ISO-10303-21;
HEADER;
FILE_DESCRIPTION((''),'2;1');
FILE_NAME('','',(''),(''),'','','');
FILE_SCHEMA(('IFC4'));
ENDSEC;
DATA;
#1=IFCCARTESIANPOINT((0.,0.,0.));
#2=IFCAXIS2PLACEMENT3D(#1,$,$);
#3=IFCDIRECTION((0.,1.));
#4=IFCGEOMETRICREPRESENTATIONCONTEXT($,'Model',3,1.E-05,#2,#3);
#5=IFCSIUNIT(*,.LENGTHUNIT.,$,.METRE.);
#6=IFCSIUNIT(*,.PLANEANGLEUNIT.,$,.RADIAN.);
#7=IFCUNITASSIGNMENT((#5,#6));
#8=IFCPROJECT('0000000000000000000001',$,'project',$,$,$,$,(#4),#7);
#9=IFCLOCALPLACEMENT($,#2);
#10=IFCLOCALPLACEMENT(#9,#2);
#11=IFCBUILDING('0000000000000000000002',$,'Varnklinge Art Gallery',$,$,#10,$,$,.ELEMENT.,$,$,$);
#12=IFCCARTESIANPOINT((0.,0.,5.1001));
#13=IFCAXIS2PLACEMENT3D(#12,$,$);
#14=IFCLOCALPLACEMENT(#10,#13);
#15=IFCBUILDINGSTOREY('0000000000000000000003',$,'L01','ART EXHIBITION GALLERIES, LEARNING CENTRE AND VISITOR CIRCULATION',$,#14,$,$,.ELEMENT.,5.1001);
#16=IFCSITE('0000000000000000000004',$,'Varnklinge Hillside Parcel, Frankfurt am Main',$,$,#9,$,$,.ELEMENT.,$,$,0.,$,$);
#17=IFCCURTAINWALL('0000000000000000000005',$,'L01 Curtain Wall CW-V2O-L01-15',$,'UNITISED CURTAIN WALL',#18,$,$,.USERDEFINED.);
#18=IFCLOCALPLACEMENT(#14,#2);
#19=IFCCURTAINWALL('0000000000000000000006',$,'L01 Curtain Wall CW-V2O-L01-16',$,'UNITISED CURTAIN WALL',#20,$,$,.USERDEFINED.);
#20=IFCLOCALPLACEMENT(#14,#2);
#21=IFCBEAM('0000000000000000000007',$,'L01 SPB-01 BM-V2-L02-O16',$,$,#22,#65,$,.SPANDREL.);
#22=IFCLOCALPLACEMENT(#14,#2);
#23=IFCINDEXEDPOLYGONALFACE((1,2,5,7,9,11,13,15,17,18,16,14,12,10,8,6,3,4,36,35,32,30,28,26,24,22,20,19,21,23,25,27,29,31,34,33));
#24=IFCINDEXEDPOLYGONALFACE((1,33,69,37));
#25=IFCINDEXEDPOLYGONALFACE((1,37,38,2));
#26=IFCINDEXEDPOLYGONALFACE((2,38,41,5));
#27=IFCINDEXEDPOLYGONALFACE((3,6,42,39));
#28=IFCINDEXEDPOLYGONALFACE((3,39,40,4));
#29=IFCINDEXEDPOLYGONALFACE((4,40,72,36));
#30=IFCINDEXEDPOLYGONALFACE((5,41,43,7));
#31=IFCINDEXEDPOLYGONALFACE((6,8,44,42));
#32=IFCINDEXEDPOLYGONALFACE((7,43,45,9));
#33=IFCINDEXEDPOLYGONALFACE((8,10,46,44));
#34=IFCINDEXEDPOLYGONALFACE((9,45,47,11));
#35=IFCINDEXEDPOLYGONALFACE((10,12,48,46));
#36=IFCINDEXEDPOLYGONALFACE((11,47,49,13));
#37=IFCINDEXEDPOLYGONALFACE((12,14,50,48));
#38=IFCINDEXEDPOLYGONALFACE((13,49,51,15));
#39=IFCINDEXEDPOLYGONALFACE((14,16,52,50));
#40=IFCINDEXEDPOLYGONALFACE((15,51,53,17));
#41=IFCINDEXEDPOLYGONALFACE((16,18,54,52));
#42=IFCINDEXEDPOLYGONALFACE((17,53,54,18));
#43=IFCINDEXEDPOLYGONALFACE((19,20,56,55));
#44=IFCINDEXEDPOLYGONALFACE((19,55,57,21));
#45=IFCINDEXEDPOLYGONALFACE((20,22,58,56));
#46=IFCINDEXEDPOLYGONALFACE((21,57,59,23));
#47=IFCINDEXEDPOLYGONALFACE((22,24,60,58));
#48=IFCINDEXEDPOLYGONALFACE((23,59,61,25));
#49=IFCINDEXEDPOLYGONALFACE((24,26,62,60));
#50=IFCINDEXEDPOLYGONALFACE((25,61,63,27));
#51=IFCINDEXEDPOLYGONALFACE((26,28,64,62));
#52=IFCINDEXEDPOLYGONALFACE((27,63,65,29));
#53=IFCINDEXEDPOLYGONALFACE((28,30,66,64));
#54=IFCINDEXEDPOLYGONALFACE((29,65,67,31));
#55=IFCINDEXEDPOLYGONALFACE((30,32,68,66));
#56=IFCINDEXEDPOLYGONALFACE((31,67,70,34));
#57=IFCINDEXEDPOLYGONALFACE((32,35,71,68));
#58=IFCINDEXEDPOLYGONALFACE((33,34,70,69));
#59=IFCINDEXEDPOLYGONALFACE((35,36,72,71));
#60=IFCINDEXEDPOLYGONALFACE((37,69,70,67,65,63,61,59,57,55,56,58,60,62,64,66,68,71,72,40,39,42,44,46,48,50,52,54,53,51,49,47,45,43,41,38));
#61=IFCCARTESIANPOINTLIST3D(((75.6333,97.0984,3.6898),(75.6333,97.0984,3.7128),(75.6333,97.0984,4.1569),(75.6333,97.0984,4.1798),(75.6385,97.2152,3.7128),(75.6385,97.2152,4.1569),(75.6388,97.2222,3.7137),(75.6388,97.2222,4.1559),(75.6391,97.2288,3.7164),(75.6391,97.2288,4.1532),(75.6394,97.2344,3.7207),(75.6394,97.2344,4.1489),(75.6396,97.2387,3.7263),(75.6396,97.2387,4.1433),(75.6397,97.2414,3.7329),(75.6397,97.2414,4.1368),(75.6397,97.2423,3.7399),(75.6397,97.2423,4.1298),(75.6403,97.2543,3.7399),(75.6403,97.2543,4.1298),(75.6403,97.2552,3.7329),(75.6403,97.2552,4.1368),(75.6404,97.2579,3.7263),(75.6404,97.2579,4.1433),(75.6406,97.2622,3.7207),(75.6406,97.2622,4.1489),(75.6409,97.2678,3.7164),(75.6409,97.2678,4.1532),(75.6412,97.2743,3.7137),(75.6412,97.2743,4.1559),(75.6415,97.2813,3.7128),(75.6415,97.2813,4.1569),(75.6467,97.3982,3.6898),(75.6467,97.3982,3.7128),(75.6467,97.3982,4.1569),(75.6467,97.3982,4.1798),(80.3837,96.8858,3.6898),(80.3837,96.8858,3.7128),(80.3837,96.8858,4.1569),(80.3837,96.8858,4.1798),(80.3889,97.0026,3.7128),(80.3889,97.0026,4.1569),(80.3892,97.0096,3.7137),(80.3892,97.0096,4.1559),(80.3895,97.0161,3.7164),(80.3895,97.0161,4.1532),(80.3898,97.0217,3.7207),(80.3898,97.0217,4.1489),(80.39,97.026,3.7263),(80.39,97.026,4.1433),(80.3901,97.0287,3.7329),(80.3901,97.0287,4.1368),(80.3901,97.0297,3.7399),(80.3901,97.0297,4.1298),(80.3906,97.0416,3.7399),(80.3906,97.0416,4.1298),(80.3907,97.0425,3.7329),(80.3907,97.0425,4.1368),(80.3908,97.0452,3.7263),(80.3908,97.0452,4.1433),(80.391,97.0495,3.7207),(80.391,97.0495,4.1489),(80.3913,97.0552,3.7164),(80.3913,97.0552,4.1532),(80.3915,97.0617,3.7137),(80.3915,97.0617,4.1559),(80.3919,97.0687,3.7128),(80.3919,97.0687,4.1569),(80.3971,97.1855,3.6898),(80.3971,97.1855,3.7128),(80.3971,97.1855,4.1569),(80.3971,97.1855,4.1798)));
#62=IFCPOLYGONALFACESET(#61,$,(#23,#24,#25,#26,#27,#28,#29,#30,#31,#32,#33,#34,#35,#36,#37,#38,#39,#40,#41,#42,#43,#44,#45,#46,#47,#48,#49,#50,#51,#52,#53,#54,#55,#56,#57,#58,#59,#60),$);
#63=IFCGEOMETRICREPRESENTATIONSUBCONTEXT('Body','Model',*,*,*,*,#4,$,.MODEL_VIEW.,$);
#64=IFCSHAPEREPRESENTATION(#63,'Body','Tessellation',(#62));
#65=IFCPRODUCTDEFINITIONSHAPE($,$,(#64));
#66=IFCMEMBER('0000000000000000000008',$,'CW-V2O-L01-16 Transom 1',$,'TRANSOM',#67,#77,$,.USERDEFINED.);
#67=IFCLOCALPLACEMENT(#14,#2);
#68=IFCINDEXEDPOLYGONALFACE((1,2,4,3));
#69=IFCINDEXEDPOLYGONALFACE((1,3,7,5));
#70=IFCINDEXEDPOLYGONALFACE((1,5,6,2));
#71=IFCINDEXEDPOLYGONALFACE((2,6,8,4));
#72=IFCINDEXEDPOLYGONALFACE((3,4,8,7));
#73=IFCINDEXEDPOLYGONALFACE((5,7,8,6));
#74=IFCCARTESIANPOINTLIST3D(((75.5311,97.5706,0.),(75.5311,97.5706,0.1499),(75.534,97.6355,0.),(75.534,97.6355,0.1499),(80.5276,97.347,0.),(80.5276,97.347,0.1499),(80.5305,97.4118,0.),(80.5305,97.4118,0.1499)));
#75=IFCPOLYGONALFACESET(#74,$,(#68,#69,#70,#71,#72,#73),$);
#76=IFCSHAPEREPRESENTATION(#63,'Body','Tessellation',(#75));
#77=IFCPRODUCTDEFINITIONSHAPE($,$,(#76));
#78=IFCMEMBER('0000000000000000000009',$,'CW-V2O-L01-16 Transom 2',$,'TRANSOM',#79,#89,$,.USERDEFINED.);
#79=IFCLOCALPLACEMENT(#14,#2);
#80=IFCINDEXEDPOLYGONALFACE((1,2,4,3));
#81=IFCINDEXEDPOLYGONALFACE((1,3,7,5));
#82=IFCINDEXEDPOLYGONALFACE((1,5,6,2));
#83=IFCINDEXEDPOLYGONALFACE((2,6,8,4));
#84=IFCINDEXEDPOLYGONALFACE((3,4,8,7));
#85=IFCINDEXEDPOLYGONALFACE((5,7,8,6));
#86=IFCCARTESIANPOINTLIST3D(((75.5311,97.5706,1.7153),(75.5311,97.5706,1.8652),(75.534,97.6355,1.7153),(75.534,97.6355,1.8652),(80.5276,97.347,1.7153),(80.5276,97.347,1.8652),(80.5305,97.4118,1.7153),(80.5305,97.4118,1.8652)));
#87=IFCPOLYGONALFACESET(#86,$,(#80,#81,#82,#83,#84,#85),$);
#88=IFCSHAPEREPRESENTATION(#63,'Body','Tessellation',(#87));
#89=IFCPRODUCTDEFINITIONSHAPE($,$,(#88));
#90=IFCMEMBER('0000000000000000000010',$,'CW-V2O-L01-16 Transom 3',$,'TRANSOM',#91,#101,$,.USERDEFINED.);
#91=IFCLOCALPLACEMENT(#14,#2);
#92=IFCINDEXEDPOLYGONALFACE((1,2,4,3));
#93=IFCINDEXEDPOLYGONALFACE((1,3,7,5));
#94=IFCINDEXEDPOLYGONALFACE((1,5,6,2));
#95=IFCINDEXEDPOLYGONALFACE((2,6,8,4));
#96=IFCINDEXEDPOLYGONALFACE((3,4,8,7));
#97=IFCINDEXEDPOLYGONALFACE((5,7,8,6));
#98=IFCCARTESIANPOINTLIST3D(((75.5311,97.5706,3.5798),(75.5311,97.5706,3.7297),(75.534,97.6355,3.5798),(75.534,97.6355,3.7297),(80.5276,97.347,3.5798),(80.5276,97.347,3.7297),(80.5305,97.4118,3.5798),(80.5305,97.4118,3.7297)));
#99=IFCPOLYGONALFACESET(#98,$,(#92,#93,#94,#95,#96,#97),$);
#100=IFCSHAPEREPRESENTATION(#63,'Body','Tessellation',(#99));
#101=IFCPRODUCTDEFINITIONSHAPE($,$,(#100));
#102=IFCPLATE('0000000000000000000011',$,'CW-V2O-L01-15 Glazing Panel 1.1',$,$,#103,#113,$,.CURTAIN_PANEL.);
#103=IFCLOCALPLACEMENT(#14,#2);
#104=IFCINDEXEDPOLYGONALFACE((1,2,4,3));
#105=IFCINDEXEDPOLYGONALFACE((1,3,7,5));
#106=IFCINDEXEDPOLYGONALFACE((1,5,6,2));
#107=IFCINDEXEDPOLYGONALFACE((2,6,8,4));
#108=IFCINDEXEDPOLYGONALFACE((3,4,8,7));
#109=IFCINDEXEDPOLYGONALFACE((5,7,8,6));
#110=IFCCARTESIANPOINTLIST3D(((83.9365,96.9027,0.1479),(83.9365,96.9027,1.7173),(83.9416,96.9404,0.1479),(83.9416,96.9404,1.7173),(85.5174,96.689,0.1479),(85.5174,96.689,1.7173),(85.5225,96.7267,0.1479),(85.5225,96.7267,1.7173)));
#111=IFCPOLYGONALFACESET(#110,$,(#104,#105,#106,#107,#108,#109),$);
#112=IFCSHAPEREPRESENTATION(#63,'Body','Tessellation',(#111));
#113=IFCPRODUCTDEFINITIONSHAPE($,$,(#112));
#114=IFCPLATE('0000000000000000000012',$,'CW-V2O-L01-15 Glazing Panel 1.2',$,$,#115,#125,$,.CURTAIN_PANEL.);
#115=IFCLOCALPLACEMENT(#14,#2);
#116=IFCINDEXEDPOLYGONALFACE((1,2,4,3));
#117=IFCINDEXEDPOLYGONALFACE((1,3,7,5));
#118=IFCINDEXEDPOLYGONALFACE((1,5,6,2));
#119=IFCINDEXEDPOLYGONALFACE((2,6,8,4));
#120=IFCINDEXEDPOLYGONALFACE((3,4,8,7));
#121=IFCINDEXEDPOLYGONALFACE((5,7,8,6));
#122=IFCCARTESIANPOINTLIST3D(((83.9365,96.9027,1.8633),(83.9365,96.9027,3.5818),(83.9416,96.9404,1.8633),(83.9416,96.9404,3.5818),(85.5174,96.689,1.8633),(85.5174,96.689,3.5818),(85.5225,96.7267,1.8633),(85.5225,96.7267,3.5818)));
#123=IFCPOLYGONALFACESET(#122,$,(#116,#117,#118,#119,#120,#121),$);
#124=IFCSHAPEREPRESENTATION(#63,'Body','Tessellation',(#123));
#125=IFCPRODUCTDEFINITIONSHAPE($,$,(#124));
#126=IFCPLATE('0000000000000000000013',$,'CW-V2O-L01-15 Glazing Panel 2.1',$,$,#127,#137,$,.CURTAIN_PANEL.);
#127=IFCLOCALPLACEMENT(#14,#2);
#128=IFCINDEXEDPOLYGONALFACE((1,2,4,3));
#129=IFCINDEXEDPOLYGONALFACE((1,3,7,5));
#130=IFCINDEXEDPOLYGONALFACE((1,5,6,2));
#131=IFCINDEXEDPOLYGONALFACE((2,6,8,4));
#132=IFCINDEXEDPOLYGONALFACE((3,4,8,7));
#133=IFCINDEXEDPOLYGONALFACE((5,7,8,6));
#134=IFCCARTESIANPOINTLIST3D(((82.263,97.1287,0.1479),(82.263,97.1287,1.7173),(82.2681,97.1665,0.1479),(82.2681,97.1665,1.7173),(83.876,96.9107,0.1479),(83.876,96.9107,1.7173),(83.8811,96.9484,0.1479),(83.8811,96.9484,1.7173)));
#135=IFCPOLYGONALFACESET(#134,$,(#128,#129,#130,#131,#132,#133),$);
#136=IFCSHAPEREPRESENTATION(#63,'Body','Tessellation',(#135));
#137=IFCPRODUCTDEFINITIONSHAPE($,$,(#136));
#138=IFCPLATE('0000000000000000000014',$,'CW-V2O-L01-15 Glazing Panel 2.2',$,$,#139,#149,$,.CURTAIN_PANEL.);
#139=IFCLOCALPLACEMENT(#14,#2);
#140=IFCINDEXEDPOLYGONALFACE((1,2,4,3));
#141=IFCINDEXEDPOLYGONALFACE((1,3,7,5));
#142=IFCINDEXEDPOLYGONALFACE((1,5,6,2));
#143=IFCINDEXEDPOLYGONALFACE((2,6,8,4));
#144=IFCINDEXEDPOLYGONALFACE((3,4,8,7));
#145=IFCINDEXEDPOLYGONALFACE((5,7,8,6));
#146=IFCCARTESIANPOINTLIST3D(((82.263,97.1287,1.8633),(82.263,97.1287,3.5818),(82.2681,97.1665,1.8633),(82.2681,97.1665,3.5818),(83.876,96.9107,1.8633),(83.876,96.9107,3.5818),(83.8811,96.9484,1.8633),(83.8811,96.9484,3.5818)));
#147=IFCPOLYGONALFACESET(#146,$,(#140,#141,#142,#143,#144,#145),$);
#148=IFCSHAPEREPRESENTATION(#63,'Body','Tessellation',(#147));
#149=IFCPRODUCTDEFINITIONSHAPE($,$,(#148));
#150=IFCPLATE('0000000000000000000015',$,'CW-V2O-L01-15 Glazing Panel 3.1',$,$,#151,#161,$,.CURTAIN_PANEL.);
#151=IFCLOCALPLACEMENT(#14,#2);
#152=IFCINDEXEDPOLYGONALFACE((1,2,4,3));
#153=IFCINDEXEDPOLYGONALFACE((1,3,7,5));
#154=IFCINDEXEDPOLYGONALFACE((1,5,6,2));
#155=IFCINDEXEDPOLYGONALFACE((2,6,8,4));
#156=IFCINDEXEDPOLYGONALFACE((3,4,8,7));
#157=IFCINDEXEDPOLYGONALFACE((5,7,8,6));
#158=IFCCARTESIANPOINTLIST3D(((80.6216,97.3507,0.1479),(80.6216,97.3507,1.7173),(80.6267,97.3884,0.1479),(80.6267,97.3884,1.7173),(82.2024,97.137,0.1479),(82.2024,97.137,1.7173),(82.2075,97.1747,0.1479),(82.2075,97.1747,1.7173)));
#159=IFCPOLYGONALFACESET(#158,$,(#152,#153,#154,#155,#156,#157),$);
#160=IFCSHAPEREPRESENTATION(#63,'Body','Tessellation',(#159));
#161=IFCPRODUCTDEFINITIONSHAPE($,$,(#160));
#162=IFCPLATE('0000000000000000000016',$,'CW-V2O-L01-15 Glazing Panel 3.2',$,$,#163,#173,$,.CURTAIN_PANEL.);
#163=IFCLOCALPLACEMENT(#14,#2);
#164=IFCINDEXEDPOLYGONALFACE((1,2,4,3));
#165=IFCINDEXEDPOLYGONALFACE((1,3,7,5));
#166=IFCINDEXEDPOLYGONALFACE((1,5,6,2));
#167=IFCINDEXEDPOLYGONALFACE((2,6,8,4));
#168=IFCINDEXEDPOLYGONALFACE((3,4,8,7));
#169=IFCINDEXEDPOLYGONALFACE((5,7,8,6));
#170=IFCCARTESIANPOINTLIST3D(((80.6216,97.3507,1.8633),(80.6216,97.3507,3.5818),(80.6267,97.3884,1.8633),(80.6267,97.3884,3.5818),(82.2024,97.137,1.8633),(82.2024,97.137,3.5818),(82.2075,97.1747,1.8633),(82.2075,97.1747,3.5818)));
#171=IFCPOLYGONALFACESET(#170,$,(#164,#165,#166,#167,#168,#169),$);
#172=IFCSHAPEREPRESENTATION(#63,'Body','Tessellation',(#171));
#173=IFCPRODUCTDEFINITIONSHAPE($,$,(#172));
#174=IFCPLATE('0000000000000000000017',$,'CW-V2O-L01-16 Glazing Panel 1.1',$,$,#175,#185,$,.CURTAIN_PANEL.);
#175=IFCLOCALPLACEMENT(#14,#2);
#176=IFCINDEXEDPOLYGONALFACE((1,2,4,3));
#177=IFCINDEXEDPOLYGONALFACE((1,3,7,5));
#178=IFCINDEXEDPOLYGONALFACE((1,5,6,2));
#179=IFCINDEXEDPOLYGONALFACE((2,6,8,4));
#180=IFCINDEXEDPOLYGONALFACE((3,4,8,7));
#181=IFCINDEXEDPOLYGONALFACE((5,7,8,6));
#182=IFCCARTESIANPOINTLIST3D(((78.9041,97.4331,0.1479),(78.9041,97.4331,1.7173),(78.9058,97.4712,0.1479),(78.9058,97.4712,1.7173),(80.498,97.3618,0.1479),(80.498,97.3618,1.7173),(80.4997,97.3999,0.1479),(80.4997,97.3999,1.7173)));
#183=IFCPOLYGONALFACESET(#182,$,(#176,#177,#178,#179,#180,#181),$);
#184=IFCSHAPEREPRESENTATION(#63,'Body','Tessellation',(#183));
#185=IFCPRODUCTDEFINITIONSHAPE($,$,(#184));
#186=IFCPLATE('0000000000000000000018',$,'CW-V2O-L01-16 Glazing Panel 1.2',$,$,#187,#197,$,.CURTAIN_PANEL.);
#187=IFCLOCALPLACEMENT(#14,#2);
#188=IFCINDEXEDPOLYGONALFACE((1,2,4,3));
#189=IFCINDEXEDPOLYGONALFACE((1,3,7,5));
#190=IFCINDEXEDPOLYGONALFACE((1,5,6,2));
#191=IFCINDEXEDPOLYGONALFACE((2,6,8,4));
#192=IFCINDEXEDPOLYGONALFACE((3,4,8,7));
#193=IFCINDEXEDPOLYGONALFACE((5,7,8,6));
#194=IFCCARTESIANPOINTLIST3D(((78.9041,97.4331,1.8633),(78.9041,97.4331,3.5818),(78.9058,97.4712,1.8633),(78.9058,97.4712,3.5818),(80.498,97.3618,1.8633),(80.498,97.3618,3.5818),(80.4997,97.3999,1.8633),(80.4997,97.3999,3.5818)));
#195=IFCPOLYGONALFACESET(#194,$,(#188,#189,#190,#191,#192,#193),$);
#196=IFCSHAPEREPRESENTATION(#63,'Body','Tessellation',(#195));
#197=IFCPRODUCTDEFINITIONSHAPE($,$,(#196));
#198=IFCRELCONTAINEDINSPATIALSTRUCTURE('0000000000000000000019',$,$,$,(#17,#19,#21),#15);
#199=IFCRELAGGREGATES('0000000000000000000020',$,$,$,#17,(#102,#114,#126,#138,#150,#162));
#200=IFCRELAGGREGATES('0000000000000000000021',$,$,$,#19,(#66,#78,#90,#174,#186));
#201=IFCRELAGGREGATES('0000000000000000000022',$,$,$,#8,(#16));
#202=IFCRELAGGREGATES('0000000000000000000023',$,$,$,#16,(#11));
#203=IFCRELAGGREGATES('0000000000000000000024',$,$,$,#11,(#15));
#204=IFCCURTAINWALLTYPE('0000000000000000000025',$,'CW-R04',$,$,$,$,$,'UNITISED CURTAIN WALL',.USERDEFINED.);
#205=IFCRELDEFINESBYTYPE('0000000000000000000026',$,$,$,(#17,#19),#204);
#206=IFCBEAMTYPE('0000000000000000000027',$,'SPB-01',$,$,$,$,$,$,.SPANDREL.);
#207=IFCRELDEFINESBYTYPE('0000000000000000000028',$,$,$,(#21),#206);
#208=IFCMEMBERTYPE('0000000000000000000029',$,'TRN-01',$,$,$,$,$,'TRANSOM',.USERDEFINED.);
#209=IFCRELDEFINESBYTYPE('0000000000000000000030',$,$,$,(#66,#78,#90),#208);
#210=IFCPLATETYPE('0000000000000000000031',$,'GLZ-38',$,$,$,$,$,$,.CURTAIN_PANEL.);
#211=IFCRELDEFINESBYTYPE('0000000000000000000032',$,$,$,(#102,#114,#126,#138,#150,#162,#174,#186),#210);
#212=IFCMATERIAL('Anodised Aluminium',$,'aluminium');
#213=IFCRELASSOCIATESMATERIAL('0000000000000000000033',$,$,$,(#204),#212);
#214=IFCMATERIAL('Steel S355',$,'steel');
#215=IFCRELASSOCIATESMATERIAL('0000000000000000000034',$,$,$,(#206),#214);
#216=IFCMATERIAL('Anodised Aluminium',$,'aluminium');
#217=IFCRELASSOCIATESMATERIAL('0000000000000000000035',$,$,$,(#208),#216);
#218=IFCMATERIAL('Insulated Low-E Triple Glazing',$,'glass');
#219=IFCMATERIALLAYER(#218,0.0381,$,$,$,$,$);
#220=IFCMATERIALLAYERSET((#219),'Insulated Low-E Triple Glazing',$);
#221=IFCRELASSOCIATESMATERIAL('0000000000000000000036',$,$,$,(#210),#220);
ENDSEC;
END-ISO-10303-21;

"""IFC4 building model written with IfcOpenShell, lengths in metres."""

from ifc_helpers import new_model, si_unit, direction, frame, origin, origin_2d, place, context, subcontext, project, spatial, rectangle, i_section, extrude, material, layer, layer_set, material_profile, profile_set, type_object, element, aggregate, save


model = new_model("IFC4")

# Units and contexts
model_context = context("Model", 3, precision=1e-05, world=origin(), true_north=direction((0.0, 1.0)))
body_context = subcontext(model_context, "Body", "Model", "MODEL_VIEW")
ifc_project = project(units=[si_unit("LENGTHUNIT", "METRE"), si_unit("PLANEANGLEUNIT", "RADIAN")], contexts=[model_context])

# Site, building, storey
site_placement = place(None, origin())
site = spatial("IfcSite", under=ifc_project, at=site_placement, Name="Varnklinge Hillside Parcel, Frankfurt am Main", CompositionType="ELEMENT", RefElevation=0.0)
building_placement = place(site_placement, origin())
building = spatial("IfcBuilding", under=site, at=building_placement, Name="Varnklinge Art Gallery", CompositionType="ELEMENT")
storey_placement = place(building_placement, frame((0.0, 0.0, 5.1001)))
storey = spatial("IfcBuildingStorey", under=building, at=storey_placement, Name="L01", Description="ART EXHIBITION GALLERIES, LEARNING CENTRE AND VISITOR CIRCULATION", CompositionType="ELEMENT", Elevation=5.1001)

# Curtain walls
ifc_material_1 = material(Name="Anodised Aluminium", Category="aluminium")
curtain_wall_type = type_object("IfcCurtainWallType", Name="CW-R04", ElementType="UNITISED CURTAIN WALL", PredefinedType="USERDEFINED", material=ifc_material_1)
curtain_wall_1_placement = place(storey_placement, origin())
curtain_wall_1 = element("IfcCurtainWall", 1, at=curtain_wall_1_placement, inside=storey, type_object=curtain_wall_type, Name="L01 Curtain Wall CW-V2O-L01-15", ObjectType="UNITISED CURTAIN WALL", PredefinedType="USERDEFINED")
curtain_wall_2_placement = place(storey_placement, origin())
curtain_wall_2 = element("IfcCurtainWall", 2, at=curtain_wall_2_placement, inside=storey, type_object=curtain_wall_type, Name="L01 Curtain Wall CW-V2O-L01-16", ObjectType="UNITISED CURTAIN WALL", PredefinedType="USERDEFINED")

# Beam
ifc_material_2 = material(Name="Steel S355", Category="steel")
ifc_material_profile_1 = material_profile(ifc_material_2, i_section(OverallWidth=0.3, OverallDepth=0.49, WebThickness=0.012, FlangeThickness=0.0229, FilletRadius=0.0271, at=origin_2d()), Name="HEA 500")
ifc_profile_set_1 = profile_set([ifc_material_profile_1], Name="Steel S355")
beam_type_1 = type_object("IfcBeamType", Name="SPB-01", PredefinedType="SPANDREL", material=ifc_profile_set_1)
beam_1_placement = place(storey_placement, frame((80.3904, 97.0356, 3.9348), z_axis=(-0.999, 0.044718, 0.0), x_axis=(-0.044718, -0.999, 0.0)))
element("IfcBeam", 3, at=beam_1_placement, inside=storey, type_object=beam_type_1, Name="L01 SPB-01 BM-V2-L02-O16", PredefinedType="SPANDREL", context=body_context, shape_type="SweptSolid", body=[
    extrude(i_section(OverallWidth=0.3, OverallDepth=0.49, WebThickness=0.012, FlangeThickness=0.0229, FilletRadius=0.0271, at=origin_2d()), origin(), (0.0, 0.0, 1.0), 4.7551),
])

# Members
ifc_material_3 = material(Name="Anodised Aluminium", Category="aluminium")
ifc_material_profile_2 = material_profile(ifc_material_3, rectangle(XDim=0.0649, YDim=0.1499, at=origin_2d()), Name="ALU 65x150")
ifc_profile_set_2 = profile_set([ifc_material_profile_2], Name="Anodised Aluminium")
member_type_1 = type_object("IfcMemberType", Name="TRN-01", ElementType="TRANSOM", PredefinedType="USERDEFINED", material=ifc_profile_set_2)
member_1_placement = place(storey_placement, frame((80.5291, 97.3794, 0.075), z_axis=(-0.999, 0.044712, 0.0), x_axis=(-0.044712, -0.999, 0.0)))
member_1 = element("IfcMember", 4, at=member_1_placement, type_object=member_type_1, Name="CW-V2O-L01-16 Transom 1", ObjectType="TRANSOM", PredefinedType="USERDEFINED", context=body_context, shape_type="SweptSolid", body=[
    extrude(rectangle(XDim=0.0649, YDim=0.1499, at=origin_2d()), origin(), (0.0, 0.0, 1.0), 5.0015),
])
member_2_placement = place(storey_placement, frame((80.5291, 97.3794, 1.7903), z_axis=(-0.999, 0.044712, 0.0), x_axis=(-0.044712, -0.999, 0.0)))
member_2 = element("IfcMember", 5, at=member_2_placement, type_object=member_type_1, Name="CW-V2O-L01-16 Transom 2", ObjectType="TRANSOM", PredefinedType="USERDEFINED", context=body_context, shape_type="SweptSolid", body=[
    extrude(rectangle(XDim=0.0649, YDim=0.1499, at=origin_2d()), origin(), (0.0, 0.0, 1.0), 5.0015),
])
member_3_placement = place(storey_placement, frame((80.5291, 97.3794, 3.6548), z_axis=(-0.999, 0.044712, 0.0), x_axis=(-0.044712, -0.999, 0.0)))
member_3 = element("IfcMember", 6, at=member_3_placement, type_object=member_type_1, Name="CW-V2O-L01-16 Transom 3", ObjectType="TRANSOM", PredefinedType="USERDEFINED", context=body_context, shape_type="SweptSolid", body=[
    extrude(rectangle(XDim=0.0649, YDim=0.1499, at=origin_2d()), origin(), (0.0, 0.0, 1.0), 5.0015),
])

# Plates
ifc_material_4 = material(Name="Insulated Low-E Triple Glazing", Category="glass")
ifc_layer_1 = layer(ifc_material_4, 0.0381)
ifc_layer_set_1 = layer_set([ifc_layer_1], Name="Insulated Low-E Triple Glazing")
plate_type_1 = type_object("IfcPlateType", Name="GLZ-38", PredefinedType="CURTAIN_PANEL", material=ifc_layer_set_1)
plate_1_placement = place(storey_placement, frame((84.7295, 96.8147, 0.1479), z_axis=(0.0, 0.0, 1.0), x_axis=(-0.990983, 0.133986, 0.0)))
plate_1 = element("IfcPlate", 7, at=plate_1_placement, type_object=plate_type_1, Name="CW-V2O-L01-15 Glazing Panel 1.1", PredefinedType="CURTAIN_PANEL", context=body_context, shape_type="SweptSolid", body=[
    extrude(rectangle(XDim=1.5952, YDim=0.0381, at=origin_2d()), origin(), (0.0, 0.0, 1.0), 1.5693),
])
plate_2_placement = place(storey_placement, frame((84.7295, 96.8147, 1.8633), z_axis=(0.0, 0.0, 1.0), x_axis=(-0.990983, 0.133986, 0.0)))
plate_2 = element("IfcPlate", 8, at=plate_2_placement, type_object=plate_type_1, Name="CW-V2O-L01-15 Glazing Panel 1.2", PredefinedType="CURTAIN_PANEL", context=body_context, shape_type="SweptSolid", body=[
    extrude(rectangle(XDim=1.5952, YDim=0.0381, at=origin_2d()), origin(), (0.0, 0.0, 1.0), 1.7185),
])
plate_3_placement = place(storey_placement, frame((83.072, 97.0386, 0.1479), z_axis=(0.0, 0.0, 1.0), x_axis=(-0.990983, 0.133986, 0.0)))
plate_3 = element("IfcPlate", 9, at=plate_3_placement, type_object=plate_type_1, Name="CW-V2O-L01-15 Glazing Panel 2.1", PredefinedType="CURTAIN_PANEL", context=body_context, shape_type="SweptSolid", body=[
    extrude(rectangle(XDim=1.6277, YDim=0.0381, at=origin_2d()), origin(), (0.0, 0.0, 1.0), 1.5693),
])
plate_4_placement = place(storey_placement, frame((83.072, 97.0386, 1.8633), z_axis=(0.0, 0.0, 1.0), x_axis=(-0.990983, 0.133986, 0.0)))
plate_4 = element("IfcPlate", 10, at=plate_4_placement, type_object=plate_type_1, Name="CW-V2O-L01-15 Glazing Panel 2.2", PredefinedType="CURTAIN_PANEL", context=body_context, shape_type="SweptSolid", body=[
    extrude(rectangle(XDim=1.6277, YDim=0.0381, at=origin_2d()), origin(), (0.0, 0.0, 1.0), 1.7185),
])
plate_5_placement = place(storey_placement, frame((81.4146, 97.2627, 0.1479), z_axis=(0.0, 0.0, 1.0), x_axis=(-0.990983, 0.133986, 0.0)))
plate_5 = element("IfcPlate", 11, at=plate_5_placement, type_object=plate_type_1, Name="CW-V2O-L01-15 Glazing Panel 3.1", PredefinedType="CURTAIN_PANEL", context=body_context, shape_type="SweptSolid", body=[
    extrude(rectangle(XDim=1.5952, YDim=0.0381, at=origin_2d()), origin(), (0.0, 0.0, 1.0), 1.5693),
])
plate_6_placement = place(storey_placement, frame((81.4146, 97.2627, 1.8633), z_axis=(0.0, 0.0, 1.0), x_axis=(-0.990983, 0.133986, 0.0)))
plate_6 = element("IfcPlate", 12, at=plate_6_placement, type_object=plate_type_1, Name="CW-V2O-L01-15 Glazing Panel 3.2", PredefinedType="CURTAIN_PANEL", context=body_context, shape_type="SweptSolid", body=[
    extrude(rectangle(XDim=1.5952, YDim=0.0381, at=origin_2d()), origin(), (0.0, 0.0, 1.0), 1.7185),
])
aggregate(curtain_wall_1, [plate_1, plate_2, plate_3, plate_4, plate_5, plate_6])
plate_7_placement = place(storey_placement, frame((79.7019, 97.4165, 0.1479), z_axis=(0.0, 0.0, 1.0), x_axis=(-0.999002, 0.044666, 0.0)))
plate_7 = element("IfcPlate", 13, at=plate_7_placement, type_object=plate_type_1, Name="CW-V2O-L01-16 Glazing Panel 1.1", PredefinedType="CURTAIN_PANEL", context=body_context, shape_type="SweptSolid", body=[
    extrude(rectangle(XDim=1.5955, YDim=0.0381, at=origin_2d()), origin(), (0.0, 0.0, 1.0), 1.5693),
])
plate_8_placement = place(storey_placement, frame((79.7019, 97.4165, 1.8633), z_axis=(0.0, 0.0, 1.0), x_axis=(-0.999002, 0.044666, 0.0)))
plate_8 = element("IfcPlate", 14, at=plate_8_placement, type_object=plate_type_1, Name="CW-V2O-L01-16 Glazing Panel 1.2", PredefinedType="CURTAIN_PANEL", context=body_context, shape_type="SweptSolid", body=[
    extrude(rectangle(XDim=1.5955, YDim=0.0381, at=origin_2d()), origin(), (0.0, 0.0, 1.0), 1.7185),
])
aggregate(curtain_wall_2, [member_1, member_2, member_3, plate_7, plate_8])

save(model, "model.ifc")
